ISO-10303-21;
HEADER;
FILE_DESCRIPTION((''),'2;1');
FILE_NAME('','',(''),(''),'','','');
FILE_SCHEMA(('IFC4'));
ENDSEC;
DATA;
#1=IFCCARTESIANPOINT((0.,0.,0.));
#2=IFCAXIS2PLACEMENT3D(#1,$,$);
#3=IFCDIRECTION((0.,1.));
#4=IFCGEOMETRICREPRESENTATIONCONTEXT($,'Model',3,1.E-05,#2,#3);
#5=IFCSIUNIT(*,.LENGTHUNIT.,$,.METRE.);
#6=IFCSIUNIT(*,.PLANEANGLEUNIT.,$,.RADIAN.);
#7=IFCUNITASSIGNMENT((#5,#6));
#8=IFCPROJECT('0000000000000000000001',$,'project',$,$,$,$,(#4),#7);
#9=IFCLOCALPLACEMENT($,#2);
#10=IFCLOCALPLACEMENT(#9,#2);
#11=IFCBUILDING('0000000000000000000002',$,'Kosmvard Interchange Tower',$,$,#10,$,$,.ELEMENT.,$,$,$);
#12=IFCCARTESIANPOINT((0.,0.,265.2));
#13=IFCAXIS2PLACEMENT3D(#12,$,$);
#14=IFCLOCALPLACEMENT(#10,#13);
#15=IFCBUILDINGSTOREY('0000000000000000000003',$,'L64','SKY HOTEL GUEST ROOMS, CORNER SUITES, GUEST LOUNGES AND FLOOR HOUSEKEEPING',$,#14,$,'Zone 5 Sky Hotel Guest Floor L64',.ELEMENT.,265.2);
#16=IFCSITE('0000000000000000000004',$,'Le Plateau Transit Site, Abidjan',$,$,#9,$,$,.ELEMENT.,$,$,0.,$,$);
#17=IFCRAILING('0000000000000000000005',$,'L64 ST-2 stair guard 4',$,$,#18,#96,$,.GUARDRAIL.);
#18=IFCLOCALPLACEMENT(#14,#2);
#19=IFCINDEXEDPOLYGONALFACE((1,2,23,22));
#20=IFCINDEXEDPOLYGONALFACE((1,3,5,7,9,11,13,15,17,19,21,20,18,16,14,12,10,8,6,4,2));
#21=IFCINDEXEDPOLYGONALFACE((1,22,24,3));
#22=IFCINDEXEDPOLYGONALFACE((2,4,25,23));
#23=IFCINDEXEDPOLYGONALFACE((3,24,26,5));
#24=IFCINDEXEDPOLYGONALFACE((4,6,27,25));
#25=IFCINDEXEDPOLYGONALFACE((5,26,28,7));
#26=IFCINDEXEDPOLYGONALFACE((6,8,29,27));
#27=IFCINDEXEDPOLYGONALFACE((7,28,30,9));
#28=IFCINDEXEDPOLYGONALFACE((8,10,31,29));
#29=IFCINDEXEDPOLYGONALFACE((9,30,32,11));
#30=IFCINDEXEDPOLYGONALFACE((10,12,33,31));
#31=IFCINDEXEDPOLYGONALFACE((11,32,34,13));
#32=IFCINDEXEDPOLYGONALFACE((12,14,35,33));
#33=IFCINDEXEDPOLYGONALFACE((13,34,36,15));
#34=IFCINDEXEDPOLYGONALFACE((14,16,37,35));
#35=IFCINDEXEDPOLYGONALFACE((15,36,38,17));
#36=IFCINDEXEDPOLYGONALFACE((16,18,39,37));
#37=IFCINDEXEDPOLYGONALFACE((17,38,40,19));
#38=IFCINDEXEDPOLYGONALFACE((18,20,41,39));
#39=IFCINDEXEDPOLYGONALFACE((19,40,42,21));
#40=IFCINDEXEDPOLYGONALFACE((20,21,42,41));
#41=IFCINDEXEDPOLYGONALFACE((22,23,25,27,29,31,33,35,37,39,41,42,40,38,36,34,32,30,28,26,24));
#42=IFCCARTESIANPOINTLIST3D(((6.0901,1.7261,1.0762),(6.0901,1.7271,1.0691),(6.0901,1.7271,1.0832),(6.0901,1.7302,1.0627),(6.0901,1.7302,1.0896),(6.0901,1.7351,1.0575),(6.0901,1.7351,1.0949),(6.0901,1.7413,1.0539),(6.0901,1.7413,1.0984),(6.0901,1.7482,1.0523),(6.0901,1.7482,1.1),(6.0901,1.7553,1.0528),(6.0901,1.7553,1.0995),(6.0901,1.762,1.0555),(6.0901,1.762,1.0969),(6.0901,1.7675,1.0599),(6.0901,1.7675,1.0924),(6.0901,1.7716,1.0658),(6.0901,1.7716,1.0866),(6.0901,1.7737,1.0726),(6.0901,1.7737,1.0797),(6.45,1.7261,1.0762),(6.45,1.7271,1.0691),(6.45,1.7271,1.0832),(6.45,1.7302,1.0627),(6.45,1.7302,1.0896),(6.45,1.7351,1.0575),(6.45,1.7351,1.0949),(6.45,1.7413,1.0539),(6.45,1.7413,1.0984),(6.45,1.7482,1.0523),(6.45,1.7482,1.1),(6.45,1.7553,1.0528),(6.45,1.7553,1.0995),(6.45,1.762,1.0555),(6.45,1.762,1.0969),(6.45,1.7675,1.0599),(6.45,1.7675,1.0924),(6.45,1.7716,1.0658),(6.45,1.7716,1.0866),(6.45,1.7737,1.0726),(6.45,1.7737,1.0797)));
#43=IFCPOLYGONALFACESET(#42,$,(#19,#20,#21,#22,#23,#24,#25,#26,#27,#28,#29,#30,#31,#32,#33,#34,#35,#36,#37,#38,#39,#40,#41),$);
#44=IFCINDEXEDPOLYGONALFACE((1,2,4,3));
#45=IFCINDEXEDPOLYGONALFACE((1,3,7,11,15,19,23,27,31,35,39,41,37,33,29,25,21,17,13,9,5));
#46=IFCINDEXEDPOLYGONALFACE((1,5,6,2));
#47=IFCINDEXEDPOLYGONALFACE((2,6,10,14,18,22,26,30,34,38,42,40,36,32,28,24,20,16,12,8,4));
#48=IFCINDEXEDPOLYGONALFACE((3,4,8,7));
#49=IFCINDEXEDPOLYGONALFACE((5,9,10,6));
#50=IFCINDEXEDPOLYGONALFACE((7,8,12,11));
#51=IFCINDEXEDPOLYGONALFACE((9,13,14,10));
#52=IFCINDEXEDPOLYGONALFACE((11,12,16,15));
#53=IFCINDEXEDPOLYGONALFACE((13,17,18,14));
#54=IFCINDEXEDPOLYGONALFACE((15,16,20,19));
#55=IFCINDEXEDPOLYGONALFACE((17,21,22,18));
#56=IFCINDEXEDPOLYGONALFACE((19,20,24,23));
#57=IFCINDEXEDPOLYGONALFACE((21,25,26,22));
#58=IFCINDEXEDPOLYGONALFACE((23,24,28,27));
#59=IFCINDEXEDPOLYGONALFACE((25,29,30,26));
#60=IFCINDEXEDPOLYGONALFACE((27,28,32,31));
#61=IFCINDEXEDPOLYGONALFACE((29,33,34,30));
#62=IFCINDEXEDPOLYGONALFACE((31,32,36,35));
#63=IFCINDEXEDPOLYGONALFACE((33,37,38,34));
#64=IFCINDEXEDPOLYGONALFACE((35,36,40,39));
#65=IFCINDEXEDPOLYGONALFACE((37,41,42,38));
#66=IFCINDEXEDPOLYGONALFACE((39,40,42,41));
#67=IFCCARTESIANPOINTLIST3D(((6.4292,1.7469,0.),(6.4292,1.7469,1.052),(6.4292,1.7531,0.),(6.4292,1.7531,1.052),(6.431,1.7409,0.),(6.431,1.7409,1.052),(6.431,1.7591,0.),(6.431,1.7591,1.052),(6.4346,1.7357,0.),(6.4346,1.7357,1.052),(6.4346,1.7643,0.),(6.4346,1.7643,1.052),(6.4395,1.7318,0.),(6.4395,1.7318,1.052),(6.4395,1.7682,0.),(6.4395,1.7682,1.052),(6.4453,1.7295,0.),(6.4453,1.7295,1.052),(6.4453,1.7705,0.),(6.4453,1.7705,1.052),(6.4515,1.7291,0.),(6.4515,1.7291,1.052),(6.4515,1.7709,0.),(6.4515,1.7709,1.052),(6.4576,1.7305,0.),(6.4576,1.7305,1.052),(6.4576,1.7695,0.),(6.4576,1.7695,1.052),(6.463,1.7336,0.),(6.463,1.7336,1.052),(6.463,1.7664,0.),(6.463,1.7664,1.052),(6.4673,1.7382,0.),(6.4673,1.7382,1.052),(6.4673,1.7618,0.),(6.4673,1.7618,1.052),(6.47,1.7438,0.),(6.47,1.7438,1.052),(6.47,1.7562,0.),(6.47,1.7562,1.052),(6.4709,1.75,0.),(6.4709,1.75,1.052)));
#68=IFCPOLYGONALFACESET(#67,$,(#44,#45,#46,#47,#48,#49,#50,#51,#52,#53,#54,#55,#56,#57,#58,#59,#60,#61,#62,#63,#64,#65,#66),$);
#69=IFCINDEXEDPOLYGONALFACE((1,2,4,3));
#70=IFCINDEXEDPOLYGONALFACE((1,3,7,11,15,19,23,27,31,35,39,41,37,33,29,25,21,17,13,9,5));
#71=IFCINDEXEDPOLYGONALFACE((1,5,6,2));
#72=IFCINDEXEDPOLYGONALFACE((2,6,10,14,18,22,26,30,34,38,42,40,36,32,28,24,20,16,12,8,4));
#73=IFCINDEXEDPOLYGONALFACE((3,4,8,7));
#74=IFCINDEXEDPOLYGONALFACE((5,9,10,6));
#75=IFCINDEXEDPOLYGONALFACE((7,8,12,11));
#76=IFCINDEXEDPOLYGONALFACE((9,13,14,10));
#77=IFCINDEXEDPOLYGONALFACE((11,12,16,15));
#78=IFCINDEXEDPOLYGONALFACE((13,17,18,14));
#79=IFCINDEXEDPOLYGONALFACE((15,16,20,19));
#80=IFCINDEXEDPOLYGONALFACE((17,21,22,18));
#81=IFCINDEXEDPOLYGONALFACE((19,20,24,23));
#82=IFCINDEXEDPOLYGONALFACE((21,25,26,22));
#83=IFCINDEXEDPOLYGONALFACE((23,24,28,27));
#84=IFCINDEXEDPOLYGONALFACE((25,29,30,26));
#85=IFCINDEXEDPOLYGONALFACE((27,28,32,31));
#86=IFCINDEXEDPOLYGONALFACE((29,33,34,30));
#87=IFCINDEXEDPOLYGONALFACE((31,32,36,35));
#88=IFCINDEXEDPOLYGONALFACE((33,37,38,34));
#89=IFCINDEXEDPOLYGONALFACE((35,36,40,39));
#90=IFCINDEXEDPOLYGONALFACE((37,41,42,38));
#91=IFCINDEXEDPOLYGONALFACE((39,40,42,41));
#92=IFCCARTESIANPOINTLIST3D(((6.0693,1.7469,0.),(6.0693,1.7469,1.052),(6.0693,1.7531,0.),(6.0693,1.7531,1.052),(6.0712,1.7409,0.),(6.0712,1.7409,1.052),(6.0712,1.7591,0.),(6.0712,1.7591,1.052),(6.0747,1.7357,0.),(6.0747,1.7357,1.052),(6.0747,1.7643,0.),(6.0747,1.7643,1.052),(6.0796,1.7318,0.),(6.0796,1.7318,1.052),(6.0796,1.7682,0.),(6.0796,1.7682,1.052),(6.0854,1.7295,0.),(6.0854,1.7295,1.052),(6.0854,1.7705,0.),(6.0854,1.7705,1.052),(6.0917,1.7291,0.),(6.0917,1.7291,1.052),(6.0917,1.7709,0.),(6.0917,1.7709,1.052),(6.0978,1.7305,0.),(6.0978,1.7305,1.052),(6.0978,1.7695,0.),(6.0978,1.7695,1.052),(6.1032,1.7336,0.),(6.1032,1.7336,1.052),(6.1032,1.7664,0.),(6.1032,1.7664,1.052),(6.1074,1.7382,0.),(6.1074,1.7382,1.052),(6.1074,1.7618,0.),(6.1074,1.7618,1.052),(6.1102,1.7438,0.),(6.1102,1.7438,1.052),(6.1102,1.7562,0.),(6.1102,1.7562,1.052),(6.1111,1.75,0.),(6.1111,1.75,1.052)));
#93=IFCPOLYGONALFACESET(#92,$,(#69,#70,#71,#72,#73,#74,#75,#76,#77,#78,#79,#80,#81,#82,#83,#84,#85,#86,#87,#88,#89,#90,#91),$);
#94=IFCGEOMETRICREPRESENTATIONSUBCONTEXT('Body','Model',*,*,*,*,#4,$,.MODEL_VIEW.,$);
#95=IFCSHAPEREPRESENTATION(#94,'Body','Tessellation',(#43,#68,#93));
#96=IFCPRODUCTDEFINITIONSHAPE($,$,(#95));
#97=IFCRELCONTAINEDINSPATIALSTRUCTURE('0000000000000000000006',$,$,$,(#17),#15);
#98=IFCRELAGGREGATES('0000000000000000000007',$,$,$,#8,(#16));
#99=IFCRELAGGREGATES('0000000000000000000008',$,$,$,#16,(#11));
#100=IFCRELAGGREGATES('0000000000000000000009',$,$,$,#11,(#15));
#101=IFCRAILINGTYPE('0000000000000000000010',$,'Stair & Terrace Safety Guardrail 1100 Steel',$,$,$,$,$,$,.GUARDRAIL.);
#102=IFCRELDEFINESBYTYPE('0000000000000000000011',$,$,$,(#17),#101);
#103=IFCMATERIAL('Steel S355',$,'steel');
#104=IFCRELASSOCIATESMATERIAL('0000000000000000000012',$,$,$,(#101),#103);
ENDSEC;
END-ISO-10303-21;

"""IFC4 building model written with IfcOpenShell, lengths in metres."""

from ifc_helpers import new_model, si_unit, direction, frame, origin, origin_2d, place, context, subcontext, project, spatial, circle, extrude, source, transform, mapped, material, type_object, element, save


model = new_model("IFC4")

# Units and contexts
model_context = context("Model", 3, precision=1e-05, world=origin(), true_north=direction((0.0, 1.0)))
body_context = subcontext(model_context, "Body", "Model", "MODEL_VIEW")
ifc_project = project(units=[si_unit("LENGTHUNIT", "METRE"), si_unit("PLANEANGLEUNIT", "RADIAN")], contexts=[model_context])

# Site, building, storey
site_placement = place(None, origin())
site = spatial("IfcSite", under=ifc_project, at=site_placement, Name="Le Plateau Transit Site, Abidjan", CompositionType="ELEMENT", RefElevation=0.0)
building_placement = place(site_placement, origin())
building = spatial("IfcBuilding", under=site, at=building_placement, Name="Kosmvard Interchange Tower", CompositionType="ELEMENT")
storey_placement = place(building_placement, frame((0.0, 0.0, 265.2)))
storey = spatial("IfcBuildingStorey", under=building, at=storey_placement, Name="L64", Description="SKY HOTEL GUEST ROOMS, CORNER SUITES, GUEST LOUNGES AND FLOOR HOUSEKEEPING", LongName="Zone 5 Sky Hotel Guest Floor L64", CompositionType="ELEMENT", Elevation=265.2)

# Shared definitions
ifc_material_1 = material(Name="Steel S355", Category="steel")

# Railing
railing_type_1 = type_object("IfcRailingType", Name="Stair & Terrace Safety Guardrail 1100 Steel", PredefinedType="GUARDRAIL", material=ifc_material_1)
shared_shape_1 = source(origin(), body_context, "Body", "SweptSolid", [
    extrude(circle(Radius=0.0239, at=origin_2d()), frame((0.0, 0.0, 1.0762), z_axis=(-1.0, 0.0, 0.0), x_axis=(0.0, -1.0, 0.0)), (0.0, 0.0, 1.0), 0.3599),
    extrude(circle(Radius=0.021, at=origin_2d()), origin(), (0.0, 0.0, 1.0), 1.052),
    extrude(circle(Radius=0.021, at=origin_2d()), frame((-0.3599, 0.0, 0.0)), (0.0, 0.0, 1.0), 1.052),
])
for number, where, name in (
    (1, (6.45, 1.75, 0.0), "L64 ST-2 stair guard 4"),
):
    element("IfcRailing", number, at=place(storey_placement, frame(where)), inside=storey, type_object=railing_type_1, Name=name, PredefinedType="GUARDRAIL", context=body_context, shape_type="MappedRepresentation", body=[
        mapped(shared_shape_1, transform((0.0, 0.0, 0.0), scale=1.0)),
    ])

save(model, "model.ifc")
